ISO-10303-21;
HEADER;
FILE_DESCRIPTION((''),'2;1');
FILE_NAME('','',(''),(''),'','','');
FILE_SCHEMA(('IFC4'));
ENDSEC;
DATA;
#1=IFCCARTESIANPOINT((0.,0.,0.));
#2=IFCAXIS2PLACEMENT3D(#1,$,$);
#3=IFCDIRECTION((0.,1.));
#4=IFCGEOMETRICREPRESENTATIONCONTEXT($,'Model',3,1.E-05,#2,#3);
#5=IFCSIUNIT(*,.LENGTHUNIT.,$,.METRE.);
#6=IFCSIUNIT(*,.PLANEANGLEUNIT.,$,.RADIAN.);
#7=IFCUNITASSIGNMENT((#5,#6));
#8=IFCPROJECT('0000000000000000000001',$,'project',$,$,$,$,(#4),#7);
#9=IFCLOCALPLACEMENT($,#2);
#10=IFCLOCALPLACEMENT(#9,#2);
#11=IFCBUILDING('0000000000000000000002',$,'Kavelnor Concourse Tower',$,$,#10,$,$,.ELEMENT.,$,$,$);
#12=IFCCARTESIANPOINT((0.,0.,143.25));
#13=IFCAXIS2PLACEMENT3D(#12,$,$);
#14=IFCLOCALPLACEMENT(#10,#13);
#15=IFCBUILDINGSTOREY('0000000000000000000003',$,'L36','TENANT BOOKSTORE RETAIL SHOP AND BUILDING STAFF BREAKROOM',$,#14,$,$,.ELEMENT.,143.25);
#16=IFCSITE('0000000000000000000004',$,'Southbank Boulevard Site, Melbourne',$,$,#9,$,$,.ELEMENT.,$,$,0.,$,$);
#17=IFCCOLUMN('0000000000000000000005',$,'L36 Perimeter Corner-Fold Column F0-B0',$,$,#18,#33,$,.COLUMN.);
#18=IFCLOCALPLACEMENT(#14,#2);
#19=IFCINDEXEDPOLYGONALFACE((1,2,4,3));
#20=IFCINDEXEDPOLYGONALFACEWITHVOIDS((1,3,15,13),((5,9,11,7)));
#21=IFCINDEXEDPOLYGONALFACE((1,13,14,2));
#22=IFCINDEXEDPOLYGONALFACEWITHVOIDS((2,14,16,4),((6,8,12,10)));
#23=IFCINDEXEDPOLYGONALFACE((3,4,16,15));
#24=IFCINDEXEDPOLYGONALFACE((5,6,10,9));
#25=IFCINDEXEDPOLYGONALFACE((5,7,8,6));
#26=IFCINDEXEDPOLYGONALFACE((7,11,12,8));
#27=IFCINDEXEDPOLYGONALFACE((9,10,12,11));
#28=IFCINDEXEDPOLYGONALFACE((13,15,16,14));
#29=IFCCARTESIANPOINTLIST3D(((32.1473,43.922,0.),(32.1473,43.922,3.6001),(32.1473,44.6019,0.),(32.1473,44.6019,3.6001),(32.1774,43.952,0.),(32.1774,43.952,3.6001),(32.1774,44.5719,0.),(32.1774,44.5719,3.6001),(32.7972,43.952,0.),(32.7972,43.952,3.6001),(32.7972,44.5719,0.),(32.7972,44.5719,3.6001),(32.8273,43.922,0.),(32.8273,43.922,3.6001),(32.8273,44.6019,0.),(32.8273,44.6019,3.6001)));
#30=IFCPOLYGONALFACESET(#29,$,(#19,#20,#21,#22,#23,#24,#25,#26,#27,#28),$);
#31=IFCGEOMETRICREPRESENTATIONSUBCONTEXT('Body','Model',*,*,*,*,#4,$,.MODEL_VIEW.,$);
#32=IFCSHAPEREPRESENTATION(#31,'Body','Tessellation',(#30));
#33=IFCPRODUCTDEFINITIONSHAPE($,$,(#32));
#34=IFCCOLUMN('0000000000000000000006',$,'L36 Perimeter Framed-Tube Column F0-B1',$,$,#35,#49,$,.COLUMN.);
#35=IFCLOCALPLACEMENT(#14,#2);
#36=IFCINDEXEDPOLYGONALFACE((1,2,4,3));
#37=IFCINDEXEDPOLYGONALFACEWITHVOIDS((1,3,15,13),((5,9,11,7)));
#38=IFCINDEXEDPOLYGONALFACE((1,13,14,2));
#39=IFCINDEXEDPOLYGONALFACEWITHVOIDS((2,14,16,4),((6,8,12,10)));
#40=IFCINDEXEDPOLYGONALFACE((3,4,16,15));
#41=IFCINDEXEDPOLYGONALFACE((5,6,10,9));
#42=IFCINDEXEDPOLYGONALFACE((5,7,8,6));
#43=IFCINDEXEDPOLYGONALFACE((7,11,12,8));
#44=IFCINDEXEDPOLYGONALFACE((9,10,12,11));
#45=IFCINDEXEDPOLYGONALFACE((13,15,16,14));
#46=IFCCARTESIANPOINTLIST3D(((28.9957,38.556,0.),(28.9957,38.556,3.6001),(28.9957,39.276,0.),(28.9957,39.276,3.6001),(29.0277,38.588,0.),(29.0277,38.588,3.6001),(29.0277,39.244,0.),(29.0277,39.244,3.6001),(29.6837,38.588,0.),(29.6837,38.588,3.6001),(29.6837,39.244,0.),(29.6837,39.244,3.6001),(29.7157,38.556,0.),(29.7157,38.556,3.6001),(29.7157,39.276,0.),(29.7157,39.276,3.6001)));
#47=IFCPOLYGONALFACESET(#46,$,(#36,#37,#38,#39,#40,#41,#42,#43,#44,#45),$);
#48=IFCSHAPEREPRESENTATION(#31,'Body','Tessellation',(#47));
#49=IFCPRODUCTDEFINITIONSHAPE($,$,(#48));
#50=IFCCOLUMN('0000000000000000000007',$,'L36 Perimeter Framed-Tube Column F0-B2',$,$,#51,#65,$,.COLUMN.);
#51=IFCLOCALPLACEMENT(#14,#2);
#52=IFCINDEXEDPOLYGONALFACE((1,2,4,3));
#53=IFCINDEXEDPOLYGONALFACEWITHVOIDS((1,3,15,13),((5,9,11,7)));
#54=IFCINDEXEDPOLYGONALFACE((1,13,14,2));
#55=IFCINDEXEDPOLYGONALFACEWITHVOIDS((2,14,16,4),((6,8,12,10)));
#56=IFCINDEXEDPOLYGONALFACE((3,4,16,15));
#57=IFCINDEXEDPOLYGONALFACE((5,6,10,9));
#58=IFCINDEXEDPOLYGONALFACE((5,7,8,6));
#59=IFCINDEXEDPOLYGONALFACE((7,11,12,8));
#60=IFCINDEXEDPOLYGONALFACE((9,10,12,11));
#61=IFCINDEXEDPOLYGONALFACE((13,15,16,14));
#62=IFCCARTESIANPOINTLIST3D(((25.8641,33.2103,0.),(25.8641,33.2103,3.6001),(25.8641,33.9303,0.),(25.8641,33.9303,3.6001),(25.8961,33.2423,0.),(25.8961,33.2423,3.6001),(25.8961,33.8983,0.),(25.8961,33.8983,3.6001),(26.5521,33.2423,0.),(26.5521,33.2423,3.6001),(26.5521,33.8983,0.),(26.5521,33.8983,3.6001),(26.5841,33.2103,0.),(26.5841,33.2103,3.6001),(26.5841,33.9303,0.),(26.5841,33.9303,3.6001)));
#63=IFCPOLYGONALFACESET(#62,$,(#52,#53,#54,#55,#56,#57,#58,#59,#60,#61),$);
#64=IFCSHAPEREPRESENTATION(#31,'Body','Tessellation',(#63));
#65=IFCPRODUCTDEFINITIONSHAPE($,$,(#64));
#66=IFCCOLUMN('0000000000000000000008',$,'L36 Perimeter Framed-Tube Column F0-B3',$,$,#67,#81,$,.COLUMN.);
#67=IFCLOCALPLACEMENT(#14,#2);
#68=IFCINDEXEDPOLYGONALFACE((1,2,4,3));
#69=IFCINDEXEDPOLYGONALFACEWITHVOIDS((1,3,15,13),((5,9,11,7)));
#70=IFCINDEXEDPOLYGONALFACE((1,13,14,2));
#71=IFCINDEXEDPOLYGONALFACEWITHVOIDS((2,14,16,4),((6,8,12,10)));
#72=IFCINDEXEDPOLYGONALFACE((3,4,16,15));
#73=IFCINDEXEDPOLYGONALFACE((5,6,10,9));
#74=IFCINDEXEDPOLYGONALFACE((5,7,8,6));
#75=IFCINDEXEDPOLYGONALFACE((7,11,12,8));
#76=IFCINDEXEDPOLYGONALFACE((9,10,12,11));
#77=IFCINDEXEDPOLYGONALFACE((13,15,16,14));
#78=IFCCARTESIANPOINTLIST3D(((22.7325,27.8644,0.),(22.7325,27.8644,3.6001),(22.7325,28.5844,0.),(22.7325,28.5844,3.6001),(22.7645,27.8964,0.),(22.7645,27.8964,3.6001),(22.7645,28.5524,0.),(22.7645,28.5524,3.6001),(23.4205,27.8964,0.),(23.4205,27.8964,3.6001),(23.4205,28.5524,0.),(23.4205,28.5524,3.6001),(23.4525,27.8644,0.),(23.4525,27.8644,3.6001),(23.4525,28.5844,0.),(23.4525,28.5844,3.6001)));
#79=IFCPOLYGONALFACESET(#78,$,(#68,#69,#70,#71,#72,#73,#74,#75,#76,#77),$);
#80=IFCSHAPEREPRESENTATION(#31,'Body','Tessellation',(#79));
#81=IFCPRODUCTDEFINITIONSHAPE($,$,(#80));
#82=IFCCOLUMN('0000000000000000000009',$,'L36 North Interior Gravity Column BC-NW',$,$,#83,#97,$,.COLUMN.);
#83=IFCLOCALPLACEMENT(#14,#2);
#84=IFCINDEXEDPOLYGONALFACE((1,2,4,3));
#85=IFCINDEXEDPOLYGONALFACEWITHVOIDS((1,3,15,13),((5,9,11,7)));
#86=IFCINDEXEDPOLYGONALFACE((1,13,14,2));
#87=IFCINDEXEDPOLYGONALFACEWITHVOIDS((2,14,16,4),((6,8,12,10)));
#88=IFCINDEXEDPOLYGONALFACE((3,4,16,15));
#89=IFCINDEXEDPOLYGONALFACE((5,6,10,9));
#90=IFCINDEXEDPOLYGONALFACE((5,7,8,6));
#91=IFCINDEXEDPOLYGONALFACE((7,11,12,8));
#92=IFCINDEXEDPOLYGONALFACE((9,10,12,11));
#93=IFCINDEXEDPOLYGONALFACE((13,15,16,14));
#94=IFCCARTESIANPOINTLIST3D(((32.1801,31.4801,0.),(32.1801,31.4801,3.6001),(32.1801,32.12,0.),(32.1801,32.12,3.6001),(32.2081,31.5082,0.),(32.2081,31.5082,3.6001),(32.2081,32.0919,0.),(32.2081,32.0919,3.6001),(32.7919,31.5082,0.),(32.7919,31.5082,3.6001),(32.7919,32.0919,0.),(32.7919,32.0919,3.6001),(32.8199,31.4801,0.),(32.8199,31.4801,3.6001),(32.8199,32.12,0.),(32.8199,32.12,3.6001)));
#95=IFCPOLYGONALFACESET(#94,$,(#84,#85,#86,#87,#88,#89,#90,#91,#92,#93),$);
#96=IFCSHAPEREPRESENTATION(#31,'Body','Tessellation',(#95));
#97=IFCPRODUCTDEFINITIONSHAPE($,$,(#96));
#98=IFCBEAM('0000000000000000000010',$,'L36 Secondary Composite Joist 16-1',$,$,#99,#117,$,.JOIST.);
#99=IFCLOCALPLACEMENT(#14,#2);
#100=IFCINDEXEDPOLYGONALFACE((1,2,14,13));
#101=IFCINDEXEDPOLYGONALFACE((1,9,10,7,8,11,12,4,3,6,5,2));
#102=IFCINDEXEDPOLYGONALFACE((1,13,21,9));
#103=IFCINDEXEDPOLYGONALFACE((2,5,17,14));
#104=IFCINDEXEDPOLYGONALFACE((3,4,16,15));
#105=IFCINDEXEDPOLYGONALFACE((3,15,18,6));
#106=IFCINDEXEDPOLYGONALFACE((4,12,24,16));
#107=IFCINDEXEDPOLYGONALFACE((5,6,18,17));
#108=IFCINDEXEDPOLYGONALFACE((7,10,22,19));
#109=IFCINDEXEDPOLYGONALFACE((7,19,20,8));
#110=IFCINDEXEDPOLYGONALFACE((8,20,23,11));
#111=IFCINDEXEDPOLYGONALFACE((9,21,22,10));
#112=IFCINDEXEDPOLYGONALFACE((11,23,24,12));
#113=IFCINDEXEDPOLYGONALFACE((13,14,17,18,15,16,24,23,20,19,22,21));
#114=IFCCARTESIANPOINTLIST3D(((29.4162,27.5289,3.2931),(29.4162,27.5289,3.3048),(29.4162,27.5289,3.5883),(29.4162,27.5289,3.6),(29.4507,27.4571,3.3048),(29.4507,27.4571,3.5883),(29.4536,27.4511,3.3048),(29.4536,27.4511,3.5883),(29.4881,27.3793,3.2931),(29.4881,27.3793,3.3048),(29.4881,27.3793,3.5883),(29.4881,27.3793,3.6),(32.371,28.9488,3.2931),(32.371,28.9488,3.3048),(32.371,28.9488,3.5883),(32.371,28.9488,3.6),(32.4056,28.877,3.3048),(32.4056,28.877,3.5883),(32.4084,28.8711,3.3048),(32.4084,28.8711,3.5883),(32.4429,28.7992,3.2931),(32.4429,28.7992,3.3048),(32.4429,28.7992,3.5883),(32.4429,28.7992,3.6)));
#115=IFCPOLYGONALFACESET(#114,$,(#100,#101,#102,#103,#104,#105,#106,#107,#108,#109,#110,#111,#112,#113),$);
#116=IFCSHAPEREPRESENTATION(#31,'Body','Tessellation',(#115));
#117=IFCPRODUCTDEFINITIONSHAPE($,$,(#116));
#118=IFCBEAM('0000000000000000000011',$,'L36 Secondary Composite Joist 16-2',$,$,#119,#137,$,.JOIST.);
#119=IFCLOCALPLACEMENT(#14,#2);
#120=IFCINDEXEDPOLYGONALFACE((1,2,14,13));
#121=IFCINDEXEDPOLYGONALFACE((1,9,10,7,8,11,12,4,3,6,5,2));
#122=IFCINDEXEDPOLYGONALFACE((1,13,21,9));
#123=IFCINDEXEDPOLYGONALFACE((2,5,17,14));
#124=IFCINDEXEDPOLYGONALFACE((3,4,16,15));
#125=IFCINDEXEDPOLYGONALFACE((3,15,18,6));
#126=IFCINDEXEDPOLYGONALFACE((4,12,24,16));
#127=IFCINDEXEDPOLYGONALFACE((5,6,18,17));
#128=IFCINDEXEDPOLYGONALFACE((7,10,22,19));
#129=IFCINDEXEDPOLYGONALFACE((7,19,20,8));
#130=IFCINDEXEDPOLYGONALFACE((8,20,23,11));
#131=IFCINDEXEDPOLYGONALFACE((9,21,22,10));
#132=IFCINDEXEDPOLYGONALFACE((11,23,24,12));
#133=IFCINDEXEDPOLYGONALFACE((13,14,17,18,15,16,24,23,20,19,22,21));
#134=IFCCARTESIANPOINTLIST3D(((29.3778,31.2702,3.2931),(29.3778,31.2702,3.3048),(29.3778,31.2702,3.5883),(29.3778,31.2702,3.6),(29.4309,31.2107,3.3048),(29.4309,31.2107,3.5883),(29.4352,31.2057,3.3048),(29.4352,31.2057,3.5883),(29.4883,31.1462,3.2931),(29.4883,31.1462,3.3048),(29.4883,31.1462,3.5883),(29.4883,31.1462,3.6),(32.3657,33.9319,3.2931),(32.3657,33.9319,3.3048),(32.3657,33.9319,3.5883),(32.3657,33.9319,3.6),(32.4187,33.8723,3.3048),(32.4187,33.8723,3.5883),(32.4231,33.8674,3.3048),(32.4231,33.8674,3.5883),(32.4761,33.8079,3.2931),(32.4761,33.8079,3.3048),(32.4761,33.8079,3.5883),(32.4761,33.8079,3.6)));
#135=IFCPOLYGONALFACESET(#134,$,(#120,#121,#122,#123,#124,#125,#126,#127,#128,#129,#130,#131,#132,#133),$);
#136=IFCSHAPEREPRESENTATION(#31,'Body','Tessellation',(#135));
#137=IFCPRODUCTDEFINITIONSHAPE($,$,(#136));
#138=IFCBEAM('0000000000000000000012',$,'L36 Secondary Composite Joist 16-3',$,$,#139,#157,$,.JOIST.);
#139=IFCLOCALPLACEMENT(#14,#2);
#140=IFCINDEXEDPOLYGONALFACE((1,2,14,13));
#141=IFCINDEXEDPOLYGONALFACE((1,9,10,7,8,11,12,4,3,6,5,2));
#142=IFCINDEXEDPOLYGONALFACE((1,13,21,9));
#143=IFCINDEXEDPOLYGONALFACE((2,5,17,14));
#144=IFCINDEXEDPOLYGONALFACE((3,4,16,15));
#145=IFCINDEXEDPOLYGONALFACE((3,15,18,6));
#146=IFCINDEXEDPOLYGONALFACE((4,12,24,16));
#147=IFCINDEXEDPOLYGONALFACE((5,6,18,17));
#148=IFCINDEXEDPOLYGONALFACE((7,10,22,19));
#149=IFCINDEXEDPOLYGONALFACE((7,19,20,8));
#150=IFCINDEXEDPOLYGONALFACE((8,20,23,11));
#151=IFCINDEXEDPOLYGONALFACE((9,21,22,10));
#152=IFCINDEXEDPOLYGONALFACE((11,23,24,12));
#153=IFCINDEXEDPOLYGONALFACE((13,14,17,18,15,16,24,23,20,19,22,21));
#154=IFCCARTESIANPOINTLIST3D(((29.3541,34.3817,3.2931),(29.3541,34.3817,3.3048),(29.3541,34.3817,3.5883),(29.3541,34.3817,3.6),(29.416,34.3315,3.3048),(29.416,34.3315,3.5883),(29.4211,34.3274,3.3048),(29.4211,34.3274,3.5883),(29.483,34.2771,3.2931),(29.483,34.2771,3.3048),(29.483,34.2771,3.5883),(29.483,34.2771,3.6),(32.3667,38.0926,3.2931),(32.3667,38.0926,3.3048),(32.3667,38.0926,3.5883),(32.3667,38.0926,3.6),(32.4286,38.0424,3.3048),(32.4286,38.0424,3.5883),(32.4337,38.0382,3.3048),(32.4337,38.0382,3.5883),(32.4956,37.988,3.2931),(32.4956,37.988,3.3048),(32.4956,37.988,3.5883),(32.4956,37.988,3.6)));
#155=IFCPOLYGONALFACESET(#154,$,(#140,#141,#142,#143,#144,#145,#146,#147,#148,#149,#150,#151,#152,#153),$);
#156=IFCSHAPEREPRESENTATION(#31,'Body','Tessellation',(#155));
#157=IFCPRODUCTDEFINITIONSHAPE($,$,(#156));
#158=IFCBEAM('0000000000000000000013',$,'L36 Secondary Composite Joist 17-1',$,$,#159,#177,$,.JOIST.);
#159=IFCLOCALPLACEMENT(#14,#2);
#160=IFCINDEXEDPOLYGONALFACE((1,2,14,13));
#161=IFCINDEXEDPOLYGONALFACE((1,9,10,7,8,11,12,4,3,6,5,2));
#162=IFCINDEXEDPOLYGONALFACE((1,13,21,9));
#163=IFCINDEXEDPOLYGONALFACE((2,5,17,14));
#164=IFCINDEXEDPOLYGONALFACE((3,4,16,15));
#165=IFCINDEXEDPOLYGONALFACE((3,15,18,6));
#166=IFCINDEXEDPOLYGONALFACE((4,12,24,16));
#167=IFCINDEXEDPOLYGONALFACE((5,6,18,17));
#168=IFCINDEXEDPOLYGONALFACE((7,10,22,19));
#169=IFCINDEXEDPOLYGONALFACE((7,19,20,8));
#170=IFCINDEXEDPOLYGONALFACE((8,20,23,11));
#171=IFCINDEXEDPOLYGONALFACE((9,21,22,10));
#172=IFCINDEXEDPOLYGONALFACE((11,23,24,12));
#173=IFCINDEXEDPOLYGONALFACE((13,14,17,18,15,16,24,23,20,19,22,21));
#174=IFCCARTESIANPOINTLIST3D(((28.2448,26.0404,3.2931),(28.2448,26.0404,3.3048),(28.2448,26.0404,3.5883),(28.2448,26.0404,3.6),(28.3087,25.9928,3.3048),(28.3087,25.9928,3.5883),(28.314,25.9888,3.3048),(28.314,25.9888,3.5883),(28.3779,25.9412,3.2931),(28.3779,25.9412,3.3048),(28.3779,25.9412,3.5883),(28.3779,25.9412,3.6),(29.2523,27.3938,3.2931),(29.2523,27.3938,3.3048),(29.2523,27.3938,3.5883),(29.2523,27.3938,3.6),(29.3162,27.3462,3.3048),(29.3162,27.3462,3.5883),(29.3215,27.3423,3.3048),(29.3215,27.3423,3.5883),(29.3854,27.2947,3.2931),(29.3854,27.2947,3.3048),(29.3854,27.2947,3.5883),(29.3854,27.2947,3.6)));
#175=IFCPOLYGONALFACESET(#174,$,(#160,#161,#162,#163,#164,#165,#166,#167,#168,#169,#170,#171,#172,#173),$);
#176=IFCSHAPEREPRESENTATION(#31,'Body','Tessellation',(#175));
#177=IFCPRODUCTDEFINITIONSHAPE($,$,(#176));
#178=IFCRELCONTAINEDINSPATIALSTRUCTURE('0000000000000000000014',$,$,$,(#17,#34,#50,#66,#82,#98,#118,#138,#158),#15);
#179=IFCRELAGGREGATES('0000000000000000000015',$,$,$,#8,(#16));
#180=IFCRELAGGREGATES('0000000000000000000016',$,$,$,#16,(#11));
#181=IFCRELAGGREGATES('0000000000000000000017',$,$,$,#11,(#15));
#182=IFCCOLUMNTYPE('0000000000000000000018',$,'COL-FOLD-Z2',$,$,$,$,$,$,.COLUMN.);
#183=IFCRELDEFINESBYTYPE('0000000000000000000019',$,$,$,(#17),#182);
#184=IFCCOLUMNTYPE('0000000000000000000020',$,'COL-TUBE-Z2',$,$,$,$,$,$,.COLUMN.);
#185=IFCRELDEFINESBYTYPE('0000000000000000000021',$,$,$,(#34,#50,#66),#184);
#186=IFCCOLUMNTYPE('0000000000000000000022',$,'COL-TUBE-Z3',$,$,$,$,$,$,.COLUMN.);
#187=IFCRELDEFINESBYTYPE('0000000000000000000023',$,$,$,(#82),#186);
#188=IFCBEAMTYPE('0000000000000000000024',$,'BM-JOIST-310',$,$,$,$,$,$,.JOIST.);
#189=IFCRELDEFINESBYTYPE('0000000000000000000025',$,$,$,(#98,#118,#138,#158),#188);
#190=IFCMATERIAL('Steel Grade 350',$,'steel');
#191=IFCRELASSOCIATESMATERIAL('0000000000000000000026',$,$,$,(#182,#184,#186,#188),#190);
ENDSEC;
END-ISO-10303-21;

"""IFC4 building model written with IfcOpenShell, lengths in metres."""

from ifc_helpers import new_model, si_unit, direction, frame, origin, origin_2d, place, context, subcontext, project, spatial, hollow_rectangle, i_section, extrude, material, material_profile, profile_set, type_object, element, save


model = new_model("IFC4")

# Units and contexts
model_context = context("Model", 3, precision=1e-05, world=origin(), true_north=direction((0.0, 1.0)))
body_context = subcontext(model_context, "Body", "Model", "MODEL_VIEW")
ifc_project = project(units=[si_unit("LENGTHUNIT", "METRE"), si_unit("PLANEANGLEUNIT", "RADIAN")], contexts=[model_context])

# Site, building, storey
site_placement = place(None, origin())
site = spatial("IfcSite", under=ifc_project, at=site_placement, Name="Southbank Boulevard Site, Melbourne", CompositionType="ELEMENT", RefElevation=0.0)
building_placement = place(site_placement, origin())
building = spatial("IfcBuilding", under=site, at=building_placement, Name="Kavelnor Concourse Tower", CompositionType="ELEMENT")
storey_placement = place(building_placement, frame((0.0, 0.0, 143.25)))
storey = spatial("IfcBuildingStorey", under=building, at=storey_placement, Name="L36", Description="TENANT BOOKSTORE RETAIL SHOP AND BUILDING STAFF BREAKROOM", CompositionType="ELEMENT", Elevation=143.25)

# Columns
ifc_material_1 = material(Name="Steel Grade 350", Category="steel")
ifc_material_profile_1 = material_profile(ifc_material_1, hollow_rectangle(XDim=0.6799, YDim=0.6799, WallThickness=0.03, at=origin_2d()), Name="SHS 680x680x30")
ifc_profile_set_1 = profile_set([ifc_material_profile_1], Name="Steel Grade 350")
column_type_1 = type_object("IfcColumnType", Name="COL-FOLD-Z2", PredefinedType="COLUMN", material=ifc_profile_set_1)
column_1_placement = place(storey_placement, frame((32.4873, 44.262, 0.0), z_axis=(0.0, 0.0, 1.0), x_axis=(1.0, 0.0, 0.0)))
element("IfcColumn", 1, at=column_1_placement, inside=storey, type_object=column_type_1, Name="L36 Perimeter Corner-Fold Column F0-B0", PredefinedType="COLUMN", context=body_context, shape_type="SweptSolid", body=[
    extrude(hollow_rectangle(XDim=0.6799, YDim=0.6799, WallThickness=0.03, at=origin_2d()), origin(), (0.0, 0.0, 1.0), 3.6001),
])
ifc_material_profile_2 = material_profile(ifc_material_1, hollow_rectangle(XDim=0.72, YDim=0.72, WallThickness=0.032, at=origin_2d()), Name="SHS 720x720x32")
ifc_profile_set_2 = profile_set([ifc_material_profile_2], Name="Steel Grade 350")
column_type_2 = type_object("IfcColumnType", Name="COL-TUBE-Z2", PredefinedType="COLUMN", material=ifc_profile_set_2)
for number, where, z_axis, x_axis, name in (
    (2, (29.3557, 38.916, 0.0), (0.0, 0.0, 1.0), (1.0, 0.0, 0.0), "L36 Perimeter Framed-Tube Column F0-B1"),
    (3, (26.2241, 33.5703, 0.0), (0.0, 0.0, 1.0), (1.0, 0.0, 0.0), "L36 Perimeter Framed-Tube Column F0-B2"),
    (4, (23.0925, 28.2244, 0.0), (0.0, 0.0, 1.0), (1.0, 0.0, 0.0), "L36 Perimeter Framed-Tube Column F0-B3"),
):
    element("IfcColumn", number, at=place(storey_placement, frame(where, z_axis=z_axis, x_axis=x_axis)), inside=storey, type_object=column_type_2, Name=name, PredefinedType="COLUMN", context=body_context, shape_type="SweptSolid", body=[
        extrude(hollow_rectangle(XDim=0.72, YDim=0.72, WallThickness=0.032, at=origin_2d()), origin(), (0.0, 0.0, 1.0), 3.6001),
    ])
ifc_material_profile_3 = material_profile(ifc_material_1, hollow_rectangle(XDim=0.6399, YDim=0.6399, WallThickness=0.0281, at=origin_2d()), Name="SHS 640x640x28")
ifc_profile_set_3 = profile_set([ifc_material_profile_3], Name="Steel Grade 350")
column_type_3 = type_object("IfcColumnType", Name="COL-TUBE-Z3", PredefinedType="COLUMN", material=ifc_profile_set_3)
column_2_placement = place(storey_placement, frame((32.5, 31.8, 0.0), z_axis=(0.0, 0.0, 1.0), x_axis=(1.0, 0.0, 0.0)))
element("IfcColumn", 5, at=column_2_placement, inside=storey, type_object=column_type_3, Name="L36 North Interior Gravity Column BC-NW", PredefinedType="COLUMN", context=body_context, shape_type="SweptSolid", body=[
    extrude(hollow_rectangle(XDim=0.6399, YDim=0.6399, WallThickness=0.0281, at=origin_2d()), origin(), (0.0, 0.0, 1.0), 3.6001),
])

# Beams
ifc_material_profile_4 = material_profile(ifc_material_1, i_section(OverallWidth=0.166, OverallDepth=0.3069, WebThickness=0.0066, FlangeThickness=0.0117, at=origin_2d()), Name="310UB46")
ifc_profile_set_4 = profile_set([ifc_material_profile_4], Name="Steel Grade 350")
beam_type_1 = type_object("IfcBeamType", Name="BM-JOIST-310", PredefinedType="JOIST", material=ifc_profile_set_4)
beam_1_placement = place(storey_placement, frame((32.407, 28.874, 3.4465), z_axis=(-0.901332, -0.433128, 0.0), x_axis=(0.433128, -0.901332, 0.0)))
element("IfcBeam", 6, at=beam_1_placement, inside=storey, type_object=beam_type_1, Name="L36 Secondary Composite Joist 16-1", PredefinedType="JOIST", context=body_context, shape_type="SweptSolid", body=[
    extrude(i_section(OverallWidth=0.166, OverallDepth=0.3069, WebThickness=0.0066, FlangeThickness=0.0117, at=origin_2d()), origin(), (0.0, 0.0, 1.0), 3.2783),
])
beam_2_placement = place(storey_placement, frame((32.4209, 33.8699, 3.4465), z_axis=(-0.746688, -0.665174, 0.0), x_axis=(0.665174, -0.746688, 0.0)))
element("IfcBeam", 7, at=beam_2_placement, inside=storey, type_object=beam_type_1, Name="L36 Secondary Composite Joist 16-2", PredefinedType="JOIST", context=body_context, shape_type="SweptSolid", body=[
    extrude(i_section(OverallWidth=0.166, OverallDepth=0.3069, WebThickness=0.0066, FlangeThickness=0.0117, at=origin_2d()), origin(), (0.0, 0.0, 1.0), 4.0015),
])
beam_3_placement = place(storey_placement, frame((32.4312, 38.0403, 3.4465), z_axis=(-0.630285, -0.776364, 0.0), x_axis=(0.776364, -0.630285, 0.0)))
element("IfcBeam", 8, at=beam_3_placement, inside=storey, type_object=beam_type_1, Name="L36 Secondary Composite Joist 16-3", PredefinedType="JOIST", context=body_context, shape_type="SweptSolid", body=[
    extrude(i_section(OverallWidth=0.166, OverallDepth=0.3069, WebThickness=0.0066, FlangeThickness=0.0117, at=origin_2d()), origin(), (0.0, 0.0, 1.0), 4.7798),
])
beam_4_placement = place(storey_placement, frame((29.3188, 27.3442, 3.4465), z_axis=(-0.597126, -0.802148, 0.0), x_axis=(0.802148, -0.597126, 0.0)))
element("IfcBeam", 9, at=beam_4_placement, inside=storey, type_object=beam_type_1, Name="L36 Secondary Composite Joist 17-1", PredefinedType="JOIST", context=body_context, shape_type="SweptSolid", body=[
    extrude(i_section(OverallWidth=0.166, OverallDepth=0.3069, WebThickness=0.0066, FlangeThickness=0.0117, at=origin_2d()), origin(), (0.0, 0.0, 1.0), 1.6873),
])

save(model, "model.ifc")
